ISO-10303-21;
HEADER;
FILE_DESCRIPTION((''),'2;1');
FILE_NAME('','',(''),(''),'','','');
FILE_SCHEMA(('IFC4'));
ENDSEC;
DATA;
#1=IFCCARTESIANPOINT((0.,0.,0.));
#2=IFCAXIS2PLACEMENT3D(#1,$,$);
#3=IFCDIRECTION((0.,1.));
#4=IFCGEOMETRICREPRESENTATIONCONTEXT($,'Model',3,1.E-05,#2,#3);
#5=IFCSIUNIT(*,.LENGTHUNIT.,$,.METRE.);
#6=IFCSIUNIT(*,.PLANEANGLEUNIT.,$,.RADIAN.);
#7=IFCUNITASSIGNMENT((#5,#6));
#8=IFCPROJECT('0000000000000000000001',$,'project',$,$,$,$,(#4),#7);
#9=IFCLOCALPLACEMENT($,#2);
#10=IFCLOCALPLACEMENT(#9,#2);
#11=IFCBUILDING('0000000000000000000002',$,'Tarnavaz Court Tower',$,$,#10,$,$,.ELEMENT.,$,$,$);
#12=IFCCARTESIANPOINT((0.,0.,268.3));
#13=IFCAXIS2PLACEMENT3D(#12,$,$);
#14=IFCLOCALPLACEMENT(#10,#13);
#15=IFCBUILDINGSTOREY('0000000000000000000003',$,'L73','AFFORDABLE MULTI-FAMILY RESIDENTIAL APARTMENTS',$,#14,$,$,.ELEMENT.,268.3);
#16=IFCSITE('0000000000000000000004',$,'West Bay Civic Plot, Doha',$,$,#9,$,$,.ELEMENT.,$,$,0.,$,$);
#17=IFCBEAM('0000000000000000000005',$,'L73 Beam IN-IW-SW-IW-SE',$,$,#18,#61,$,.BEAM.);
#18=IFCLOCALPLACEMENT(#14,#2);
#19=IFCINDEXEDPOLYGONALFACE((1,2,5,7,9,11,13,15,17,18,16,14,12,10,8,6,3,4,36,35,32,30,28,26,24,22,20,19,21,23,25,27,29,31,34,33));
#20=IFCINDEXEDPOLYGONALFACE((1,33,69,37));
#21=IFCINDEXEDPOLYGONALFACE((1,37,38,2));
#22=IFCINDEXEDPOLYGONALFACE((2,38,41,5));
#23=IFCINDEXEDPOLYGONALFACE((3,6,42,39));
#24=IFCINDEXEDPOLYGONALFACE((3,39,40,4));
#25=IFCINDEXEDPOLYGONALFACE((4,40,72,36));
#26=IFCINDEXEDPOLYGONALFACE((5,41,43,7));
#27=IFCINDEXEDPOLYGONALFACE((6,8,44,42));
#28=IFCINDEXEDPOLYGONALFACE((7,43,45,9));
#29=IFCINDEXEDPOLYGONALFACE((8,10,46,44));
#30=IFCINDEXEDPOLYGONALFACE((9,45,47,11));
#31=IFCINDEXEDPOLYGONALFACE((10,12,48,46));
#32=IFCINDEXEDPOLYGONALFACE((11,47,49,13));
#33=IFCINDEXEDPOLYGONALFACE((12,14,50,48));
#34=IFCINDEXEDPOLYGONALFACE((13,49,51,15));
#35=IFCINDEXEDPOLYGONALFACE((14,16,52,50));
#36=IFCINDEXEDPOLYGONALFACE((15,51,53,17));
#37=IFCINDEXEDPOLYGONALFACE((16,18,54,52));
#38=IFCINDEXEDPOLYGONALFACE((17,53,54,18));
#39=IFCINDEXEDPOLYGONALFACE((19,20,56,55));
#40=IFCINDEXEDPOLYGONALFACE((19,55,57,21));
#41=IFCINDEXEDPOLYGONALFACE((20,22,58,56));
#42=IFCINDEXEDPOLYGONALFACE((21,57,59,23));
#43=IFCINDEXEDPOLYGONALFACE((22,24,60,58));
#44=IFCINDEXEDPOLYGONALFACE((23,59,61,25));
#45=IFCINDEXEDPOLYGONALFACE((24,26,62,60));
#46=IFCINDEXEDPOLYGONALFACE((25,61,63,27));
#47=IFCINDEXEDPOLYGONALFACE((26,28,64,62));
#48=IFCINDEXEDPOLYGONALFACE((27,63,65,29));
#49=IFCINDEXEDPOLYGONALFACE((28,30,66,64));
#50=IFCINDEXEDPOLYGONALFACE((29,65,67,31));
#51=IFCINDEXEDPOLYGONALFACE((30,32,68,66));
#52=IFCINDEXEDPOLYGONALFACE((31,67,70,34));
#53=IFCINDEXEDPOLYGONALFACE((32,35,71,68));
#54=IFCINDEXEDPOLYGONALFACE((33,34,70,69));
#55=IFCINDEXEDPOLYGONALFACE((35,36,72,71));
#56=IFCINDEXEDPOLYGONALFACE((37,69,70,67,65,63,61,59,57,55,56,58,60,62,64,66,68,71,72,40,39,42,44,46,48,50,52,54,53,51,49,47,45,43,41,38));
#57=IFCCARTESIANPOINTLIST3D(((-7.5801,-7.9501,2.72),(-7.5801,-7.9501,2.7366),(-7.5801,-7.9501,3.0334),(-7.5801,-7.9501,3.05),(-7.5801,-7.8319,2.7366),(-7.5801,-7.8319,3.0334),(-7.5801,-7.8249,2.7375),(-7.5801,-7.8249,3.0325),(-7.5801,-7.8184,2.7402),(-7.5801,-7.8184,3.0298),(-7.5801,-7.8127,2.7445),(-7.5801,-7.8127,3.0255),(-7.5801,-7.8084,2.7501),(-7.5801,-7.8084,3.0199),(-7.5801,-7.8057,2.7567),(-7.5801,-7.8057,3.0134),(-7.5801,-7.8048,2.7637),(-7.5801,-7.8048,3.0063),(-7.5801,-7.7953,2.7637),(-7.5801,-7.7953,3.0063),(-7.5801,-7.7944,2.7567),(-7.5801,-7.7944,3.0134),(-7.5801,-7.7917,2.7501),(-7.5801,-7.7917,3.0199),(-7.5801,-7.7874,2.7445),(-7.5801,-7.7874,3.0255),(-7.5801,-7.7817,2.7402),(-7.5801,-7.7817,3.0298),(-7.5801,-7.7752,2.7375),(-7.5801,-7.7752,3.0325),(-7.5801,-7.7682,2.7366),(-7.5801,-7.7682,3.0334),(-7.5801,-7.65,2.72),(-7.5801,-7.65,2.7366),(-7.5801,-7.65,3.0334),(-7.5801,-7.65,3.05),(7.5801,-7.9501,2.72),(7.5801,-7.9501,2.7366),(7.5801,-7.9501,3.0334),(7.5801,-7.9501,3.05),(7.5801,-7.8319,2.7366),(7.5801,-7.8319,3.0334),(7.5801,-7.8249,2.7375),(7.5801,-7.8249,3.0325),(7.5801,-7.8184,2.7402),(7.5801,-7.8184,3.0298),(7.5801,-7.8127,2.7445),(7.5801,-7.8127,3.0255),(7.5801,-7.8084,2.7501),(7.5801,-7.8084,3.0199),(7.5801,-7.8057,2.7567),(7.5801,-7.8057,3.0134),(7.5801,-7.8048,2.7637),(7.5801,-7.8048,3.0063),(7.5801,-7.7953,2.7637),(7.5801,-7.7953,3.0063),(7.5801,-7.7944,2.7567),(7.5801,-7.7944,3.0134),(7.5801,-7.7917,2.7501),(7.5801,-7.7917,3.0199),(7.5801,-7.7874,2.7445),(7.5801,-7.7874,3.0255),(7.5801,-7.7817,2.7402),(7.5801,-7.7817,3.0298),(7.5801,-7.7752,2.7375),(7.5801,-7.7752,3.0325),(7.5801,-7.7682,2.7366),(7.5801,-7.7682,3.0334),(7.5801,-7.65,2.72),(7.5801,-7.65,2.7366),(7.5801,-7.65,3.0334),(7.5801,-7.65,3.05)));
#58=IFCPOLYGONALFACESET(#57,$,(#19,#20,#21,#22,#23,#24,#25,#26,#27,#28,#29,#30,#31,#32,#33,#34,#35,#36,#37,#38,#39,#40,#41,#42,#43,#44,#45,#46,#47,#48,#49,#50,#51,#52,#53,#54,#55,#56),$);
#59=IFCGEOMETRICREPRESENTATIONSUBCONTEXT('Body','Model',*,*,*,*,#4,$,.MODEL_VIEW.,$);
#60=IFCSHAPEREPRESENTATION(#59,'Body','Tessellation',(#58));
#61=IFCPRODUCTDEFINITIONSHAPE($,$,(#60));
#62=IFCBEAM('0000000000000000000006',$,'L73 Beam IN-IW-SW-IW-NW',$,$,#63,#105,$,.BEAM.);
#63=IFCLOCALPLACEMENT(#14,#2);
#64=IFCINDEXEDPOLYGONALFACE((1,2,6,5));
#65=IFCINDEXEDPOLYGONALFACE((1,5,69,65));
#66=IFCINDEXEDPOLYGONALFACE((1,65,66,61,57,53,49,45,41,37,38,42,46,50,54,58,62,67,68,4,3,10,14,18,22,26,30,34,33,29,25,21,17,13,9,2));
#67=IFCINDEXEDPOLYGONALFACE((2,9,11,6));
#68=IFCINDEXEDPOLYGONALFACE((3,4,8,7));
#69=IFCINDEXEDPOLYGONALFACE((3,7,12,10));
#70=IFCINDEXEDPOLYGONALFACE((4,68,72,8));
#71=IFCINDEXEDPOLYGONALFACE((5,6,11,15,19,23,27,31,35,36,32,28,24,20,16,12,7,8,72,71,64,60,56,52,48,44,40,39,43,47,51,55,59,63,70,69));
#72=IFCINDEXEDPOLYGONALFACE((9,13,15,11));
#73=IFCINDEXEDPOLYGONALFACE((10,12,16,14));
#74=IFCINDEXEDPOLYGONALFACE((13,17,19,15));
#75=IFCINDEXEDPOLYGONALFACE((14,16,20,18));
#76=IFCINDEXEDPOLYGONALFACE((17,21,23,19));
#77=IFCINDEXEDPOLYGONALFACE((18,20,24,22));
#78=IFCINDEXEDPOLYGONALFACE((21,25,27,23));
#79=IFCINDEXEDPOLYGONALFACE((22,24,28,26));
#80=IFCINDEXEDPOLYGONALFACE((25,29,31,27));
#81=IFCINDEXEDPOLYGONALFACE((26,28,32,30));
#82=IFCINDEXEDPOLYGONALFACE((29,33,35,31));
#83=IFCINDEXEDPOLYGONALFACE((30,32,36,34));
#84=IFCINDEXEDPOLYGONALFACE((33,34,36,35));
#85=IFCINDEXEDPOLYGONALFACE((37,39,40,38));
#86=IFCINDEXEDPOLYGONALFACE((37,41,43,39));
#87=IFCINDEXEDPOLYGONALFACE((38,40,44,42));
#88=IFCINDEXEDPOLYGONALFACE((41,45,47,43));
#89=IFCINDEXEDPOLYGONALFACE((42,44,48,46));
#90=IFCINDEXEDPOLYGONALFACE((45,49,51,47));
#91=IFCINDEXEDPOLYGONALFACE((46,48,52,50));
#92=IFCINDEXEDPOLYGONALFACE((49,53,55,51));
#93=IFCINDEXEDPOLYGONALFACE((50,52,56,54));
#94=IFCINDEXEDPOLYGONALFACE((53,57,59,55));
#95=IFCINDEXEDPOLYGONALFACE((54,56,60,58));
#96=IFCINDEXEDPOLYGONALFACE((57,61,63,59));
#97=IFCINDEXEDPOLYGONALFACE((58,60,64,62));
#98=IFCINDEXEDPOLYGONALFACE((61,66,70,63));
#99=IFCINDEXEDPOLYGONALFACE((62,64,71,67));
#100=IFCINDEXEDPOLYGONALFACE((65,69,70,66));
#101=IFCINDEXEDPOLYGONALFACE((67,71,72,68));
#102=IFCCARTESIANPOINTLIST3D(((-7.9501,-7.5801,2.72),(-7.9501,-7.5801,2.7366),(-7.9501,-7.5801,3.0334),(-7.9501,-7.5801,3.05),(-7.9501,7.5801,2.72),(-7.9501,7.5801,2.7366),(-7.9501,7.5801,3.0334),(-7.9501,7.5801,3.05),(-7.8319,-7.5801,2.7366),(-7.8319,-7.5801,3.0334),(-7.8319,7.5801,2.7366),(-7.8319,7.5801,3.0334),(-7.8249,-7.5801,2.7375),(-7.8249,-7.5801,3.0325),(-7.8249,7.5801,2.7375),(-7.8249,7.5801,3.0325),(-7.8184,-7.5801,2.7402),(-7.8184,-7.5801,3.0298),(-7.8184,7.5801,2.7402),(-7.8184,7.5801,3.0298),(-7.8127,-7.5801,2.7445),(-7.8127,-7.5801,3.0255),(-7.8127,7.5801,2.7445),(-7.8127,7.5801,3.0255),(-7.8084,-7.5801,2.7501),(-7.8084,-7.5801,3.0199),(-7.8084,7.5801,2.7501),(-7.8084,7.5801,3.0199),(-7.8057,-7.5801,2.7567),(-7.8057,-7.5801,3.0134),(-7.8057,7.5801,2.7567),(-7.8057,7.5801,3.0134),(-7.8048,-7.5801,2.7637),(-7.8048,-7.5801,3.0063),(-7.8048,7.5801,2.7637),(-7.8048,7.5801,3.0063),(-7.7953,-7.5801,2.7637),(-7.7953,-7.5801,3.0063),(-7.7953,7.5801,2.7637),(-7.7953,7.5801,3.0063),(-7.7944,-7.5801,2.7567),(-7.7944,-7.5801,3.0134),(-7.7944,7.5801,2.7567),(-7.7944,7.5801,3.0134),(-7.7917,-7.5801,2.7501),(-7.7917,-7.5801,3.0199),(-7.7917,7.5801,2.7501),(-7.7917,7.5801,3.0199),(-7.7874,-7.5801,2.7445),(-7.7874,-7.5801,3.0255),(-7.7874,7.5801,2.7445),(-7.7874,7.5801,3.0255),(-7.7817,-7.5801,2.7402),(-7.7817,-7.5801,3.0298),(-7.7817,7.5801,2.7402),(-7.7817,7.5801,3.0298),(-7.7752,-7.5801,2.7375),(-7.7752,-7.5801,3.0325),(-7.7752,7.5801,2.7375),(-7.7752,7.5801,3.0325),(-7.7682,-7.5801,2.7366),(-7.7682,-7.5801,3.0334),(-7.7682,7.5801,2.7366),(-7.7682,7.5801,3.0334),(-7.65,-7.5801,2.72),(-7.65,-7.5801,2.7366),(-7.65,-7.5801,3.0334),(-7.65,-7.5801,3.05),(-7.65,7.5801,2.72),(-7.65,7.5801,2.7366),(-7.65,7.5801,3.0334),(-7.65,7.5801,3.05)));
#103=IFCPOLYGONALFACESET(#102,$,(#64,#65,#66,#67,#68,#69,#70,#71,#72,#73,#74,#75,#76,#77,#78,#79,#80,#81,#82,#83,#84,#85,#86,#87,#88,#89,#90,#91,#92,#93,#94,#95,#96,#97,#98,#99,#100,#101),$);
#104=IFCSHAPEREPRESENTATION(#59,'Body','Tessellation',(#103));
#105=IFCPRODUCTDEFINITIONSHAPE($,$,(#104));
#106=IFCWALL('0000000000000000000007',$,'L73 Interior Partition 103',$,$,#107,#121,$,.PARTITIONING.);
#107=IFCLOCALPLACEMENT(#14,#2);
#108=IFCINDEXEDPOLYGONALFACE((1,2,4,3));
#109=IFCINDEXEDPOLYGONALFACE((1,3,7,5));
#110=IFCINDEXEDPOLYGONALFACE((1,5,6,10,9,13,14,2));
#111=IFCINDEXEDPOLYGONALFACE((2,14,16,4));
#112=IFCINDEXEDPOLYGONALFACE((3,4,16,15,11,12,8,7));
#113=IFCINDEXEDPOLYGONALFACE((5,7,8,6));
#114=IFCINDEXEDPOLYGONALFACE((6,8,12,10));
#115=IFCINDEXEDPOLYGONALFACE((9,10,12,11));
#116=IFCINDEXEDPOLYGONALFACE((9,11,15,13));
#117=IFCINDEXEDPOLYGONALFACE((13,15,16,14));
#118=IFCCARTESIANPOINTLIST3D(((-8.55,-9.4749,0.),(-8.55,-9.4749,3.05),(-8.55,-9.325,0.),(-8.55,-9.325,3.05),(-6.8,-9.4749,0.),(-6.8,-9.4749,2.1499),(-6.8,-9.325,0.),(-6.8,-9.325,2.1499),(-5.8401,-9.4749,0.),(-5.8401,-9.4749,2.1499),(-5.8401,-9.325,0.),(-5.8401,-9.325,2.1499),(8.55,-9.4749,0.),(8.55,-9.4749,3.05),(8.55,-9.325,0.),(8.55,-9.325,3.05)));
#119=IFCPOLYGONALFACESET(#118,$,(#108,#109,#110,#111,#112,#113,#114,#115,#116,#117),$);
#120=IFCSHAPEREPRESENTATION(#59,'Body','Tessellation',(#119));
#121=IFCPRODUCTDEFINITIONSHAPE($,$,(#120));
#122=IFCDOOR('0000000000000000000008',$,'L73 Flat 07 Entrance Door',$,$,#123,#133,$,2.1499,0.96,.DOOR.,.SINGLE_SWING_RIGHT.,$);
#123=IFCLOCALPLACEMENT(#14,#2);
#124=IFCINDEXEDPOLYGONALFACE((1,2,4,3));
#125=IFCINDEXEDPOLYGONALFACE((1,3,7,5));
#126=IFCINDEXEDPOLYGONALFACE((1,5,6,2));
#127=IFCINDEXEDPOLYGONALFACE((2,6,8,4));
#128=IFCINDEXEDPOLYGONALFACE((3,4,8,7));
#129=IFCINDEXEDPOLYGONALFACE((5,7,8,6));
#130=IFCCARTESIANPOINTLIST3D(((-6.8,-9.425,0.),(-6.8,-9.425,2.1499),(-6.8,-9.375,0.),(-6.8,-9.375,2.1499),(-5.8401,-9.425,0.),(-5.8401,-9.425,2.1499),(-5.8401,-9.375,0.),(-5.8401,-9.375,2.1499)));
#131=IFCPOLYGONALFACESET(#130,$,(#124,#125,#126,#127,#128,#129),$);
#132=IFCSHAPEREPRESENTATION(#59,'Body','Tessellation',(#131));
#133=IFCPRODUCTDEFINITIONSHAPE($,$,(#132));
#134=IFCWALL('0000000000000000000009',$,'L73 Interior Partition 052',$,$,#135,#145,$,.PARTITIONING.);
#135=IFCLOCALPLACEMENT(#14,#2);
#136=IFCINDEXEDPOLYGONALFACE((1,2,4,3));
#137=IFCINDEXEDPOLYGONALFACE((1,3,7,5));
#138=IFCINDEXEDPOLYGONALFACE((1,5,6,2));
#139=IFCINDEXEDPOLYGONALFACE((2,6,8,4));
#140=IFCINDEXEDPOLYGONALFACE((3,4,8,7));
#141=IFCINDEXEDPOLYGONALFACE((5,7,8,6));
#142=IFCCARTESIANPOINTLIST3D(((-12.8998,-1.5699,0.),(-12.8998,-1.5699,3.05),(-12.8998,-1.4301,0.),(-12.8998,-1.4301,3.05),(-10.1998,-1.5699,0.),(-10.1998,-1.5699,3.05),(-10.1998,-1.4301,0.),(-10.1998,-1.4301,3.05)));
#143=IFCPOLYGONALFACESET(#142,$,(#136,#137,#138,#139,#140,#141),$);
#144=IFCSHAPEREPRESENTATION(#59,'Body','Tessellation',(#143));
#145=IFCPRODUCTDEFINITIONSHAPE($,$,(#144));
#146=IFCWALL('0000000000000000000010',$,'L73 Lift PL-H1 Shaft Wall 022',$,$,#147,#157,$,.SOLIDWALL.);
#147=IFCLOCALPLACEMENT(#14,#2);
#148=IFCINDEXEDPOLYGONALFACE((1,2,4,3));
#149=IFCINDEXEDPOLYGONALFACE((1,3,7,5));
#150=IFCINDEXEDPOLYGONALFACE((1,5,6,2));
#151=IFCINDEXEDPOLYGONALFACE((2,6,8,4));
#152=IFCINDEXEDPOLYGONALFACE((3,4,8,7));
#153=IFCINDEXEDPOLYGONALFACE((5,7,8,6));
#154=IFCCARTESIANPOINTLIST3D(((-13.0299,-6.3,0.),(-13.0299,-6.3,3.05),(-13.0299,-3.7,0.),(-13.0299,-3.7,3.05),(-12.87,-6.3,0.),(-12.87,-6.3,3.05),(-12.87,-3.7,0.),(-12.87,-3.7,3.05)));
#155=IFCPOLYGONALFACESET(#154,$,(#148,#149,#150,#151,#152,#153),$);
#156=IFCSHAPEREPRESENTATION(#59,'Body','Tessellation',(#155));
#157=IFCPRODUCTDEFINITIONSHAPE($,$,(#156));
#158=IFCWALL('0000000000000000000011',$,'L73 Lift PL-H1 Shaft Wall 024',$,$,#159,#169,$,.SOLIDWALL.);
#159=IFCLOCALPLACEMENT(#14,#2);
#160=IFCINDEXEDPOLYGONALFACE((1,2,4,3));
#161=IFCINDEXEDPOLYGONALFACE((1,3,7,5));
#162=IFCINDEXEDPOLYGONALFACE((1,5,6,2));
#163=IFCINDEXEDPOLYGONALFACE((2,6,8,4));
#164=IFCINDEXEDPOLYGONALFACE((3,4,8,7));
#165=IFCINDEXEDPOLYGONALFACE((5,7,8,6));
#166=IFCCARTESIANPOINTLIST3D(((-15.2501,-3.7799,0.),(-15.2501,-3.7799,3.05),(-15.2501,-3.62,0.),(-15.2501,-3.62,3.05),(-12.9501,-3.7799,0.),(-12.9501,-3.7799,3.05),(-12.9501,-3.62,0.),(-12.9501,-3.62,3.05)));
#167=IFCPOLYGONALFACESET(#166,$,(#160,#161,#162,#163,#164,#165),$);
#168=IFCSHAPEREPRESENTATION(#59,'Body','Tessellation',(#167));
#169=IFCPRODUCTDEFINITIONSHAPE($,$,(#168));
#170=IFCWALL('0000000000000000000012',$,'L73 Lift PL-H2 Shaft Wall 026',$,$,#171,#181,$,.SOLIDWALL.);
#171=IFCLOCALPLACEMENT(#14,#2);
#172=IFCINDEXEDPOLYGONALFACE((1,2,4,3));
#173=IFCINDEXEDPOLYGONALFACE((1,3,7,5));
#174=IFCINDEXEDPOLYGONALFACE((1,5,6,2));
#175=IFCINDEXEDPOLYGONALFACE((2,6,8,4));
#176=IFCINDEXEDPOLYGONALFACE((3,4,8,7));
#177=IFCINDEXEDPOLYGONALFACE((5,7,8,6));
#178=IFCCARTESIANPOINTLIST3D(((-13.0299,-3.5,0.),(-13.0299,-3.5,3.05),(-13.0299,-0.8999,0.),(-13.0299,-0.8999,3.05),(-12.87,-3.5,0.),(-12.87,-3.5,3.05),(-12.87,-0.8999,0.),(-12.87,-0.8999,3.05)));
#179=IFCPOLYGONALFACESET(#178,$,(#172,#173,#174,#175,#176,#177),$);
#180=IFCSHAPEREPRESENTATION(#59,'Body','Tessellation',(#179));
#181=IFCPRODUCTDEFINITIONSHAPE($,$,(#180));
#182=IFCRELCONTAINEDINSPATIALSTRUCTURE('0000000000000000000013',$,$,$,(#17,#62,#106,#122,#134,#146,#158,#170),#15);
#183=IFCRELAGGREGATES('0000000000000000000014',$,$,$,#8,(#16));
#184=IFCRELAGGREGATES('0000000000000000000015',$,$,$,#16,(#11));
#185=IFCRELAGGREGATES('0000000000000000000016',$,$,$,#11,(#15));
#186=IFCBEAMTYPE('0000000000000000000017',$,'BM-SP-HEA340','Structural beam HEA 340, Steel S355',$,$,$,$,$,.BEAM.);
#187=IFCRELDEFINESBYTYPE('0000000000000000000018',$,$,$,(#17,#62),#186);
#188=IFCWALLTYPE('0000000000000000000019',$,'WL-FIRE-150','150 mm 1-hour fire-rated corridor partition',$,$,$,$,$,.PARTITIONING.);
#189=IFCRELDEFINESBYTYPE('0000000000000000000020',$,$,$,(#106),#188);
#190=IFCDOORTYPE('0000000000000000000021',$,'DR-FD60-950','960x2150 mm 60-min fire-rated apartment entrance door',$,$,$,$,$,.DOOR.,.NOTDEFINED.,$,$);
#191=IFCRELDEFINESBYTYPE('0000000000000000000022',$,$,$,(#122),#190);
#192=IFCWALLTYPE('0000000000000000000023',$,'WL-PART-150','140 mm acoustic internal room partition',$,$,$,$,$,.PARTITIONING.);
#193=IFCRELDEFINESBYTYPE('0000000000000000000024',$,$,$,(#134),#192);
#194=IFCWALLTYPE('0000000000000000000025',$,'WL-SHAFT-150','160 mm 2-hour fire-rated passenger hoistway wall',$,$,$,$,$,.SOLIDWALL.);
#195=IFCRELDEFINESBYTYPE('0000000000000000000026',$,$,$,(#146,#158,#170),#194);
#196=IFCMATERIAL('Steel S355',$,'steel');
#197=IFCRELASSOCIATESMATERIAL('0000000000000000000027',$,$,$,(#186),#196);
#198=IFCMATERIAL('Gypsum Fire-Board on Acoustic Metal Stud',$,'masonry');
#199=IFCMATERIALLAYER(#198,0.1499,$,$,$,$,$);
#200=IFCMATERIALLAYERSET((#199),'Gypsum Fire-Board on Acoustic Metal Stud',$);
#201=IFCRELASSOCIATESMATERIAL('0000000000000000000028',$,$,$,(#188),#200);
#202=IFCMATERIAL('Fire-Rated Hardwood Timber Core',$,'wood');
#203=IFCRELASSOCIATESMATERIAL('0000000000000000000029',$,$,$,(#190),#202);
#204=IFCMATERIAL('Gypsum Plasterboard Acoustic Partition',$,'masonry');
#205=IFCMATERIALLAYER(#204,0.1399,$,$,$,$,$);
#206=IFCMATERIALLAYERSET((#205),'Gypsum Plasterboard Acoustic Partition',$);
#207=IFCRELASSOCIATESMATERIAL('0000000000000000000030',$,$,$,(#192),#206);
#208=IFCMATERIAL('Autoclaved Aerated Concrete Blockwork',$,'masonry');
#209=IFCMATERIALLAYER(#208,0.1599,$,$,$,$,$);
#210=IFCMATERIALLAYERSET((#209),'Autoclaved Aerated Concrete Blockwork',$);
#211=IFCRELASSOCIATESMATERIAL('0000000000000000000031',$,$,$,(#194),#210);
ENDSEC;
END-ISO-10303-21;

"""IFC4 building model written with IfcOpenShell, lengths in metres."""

from ifc_helpers import new_model, si_unit, direction, frame, frame_2d, origin, origin_2d, place, context, subcontext, project, spatial, rectangle, i_section, extrude, material, layer, layer_set, material_profile, profile_set, type_object, element, fill, save


model = new_model("IFC4")

# Units and contexts
model_context = context("Model", 3, precision=1e-05, world=origin(), true_north=direction((0.0, 1.0)))
body_context = subcontext(model_context, "Body", "Model", "MODEL_VIEW")
ifc_project = project(units=[si_unit("LENGTHUNIT", "METRE"), si_unit("PLANEANGLEUNIT", "RADIAN")], contexts=[model_context])

# Site, building, storey
site_placement = place(None, origin())
site = spatial("IfcSite", under=ifc_project, at=site_placement, Name="West Bay Civic Plot, Doha", CompositionType="ELEMENT", RefElevation=0.0)
building_placement = place(site_placement, origin())
building = spatial("IfcBuilding", under=site, at=building_placement, Name="Tarnavaz Court Tower", CompositionType="ELEMENT")
storey_placement = place(building_placement, frame((0.0, 0.0, 268.3)))
storey = spatial("IfcBuildingStorey", under=building, at=storey_placement, Name="L73", Description="AFFORDABLE MULTI-FAMILY RESIDENTIAL APARTMENTS", CompositionType="ELEMENT", Elevation=268.3)

# Beams
ifc_material_1 = material(Name="Steel S355", Category="steel")
ifc_material_profile_1 = material_profile(ifc_material_1, i_section(OverallWidth=0.3, OverallDepth=0.3301, WebThickness=0.0095, FlangeThickness=0.0166, FilletRadius=0.0271, at=origin_2d()), Name="HEA 340")
ifc_profile_set_1 = profile_set([ifc_material_profile_1], Name="Steel S355")
beam_type_1 = type_object("IfcBeamType", Name="BM-SP-HEA340", Description="Structural beam HEA 340, Steel S355", PredefinedType="BEAM", material=ifc_profile_set_1)
for number, where, z_axis, x_axis, name in (
    (1, (-7.5801, -7.8, 2.885), (1.0, 0.0, 0.0), (0.0, 1.0, 0.0), "L73 Beam IN-IW-SW-IW-SE"),
    (2, (-7.8, -7.5801, 2.885), (0.0, 1.0, 0.0), (-1.0, 0.0, 0.0), "L73 Beam IN-IW-SW-IW-NW"),
):
    element("IfcBeam", number, at=place(storey_placement, frame(where, z_axis=z_axis, x_axis=x_axis)), inside=storey, type_object=beam_type_1, Name=name, PredefinedType="BEAM", context=body_context, shape_type="SweptSolid", body=[
        extrude(i_section(OverallWidth=0.3, OverallDepth=0.3301, WebThickness=0.0095, FlangeThickness=0.0166, FilletRadius=0.0271, at=origin_2d()), origin(), (0.0, 0.0, 1.0), 15.1602),
    ])

# Wall, opening, door
ifc_material_2 = material(Name="Gypsum Fire-Board on Acoustic Metal Stud", Category="masonry")
ifc_layer_1 = layer(ifc_material_2, 0.1499)
ifc_layer_set_1 = layer_set([ifc_layer_1], Name="Gypsum Fire-Board on Acoustic Metal Stud")
wall_type_1 = type_object("IfcWallType", Name="WL-FIRE-150", Description="150 mm 1-hour fire-rated corridor partition", PredefinedType="PARTITIONING", material=ifc_layer_set_1)
wall_1_placement = place(storey_placement, frame((-8.55, -9.3999, 0.0), z_axis=(0.0, 0.0, 1.0), x_axis=(1.0, 0.0, 0.0)))
wall_1 = element("IfcWall", 3, at=wall_1_placement, inside=storey, type_object=wall_type_1, Name="L73 Interior Partition 103", PredefinedType="PARTITIONING", context=body_context, shape_type="SweptSolid", body=[
    extrude(rectangle(XDim=17.1001, YDim=0.1499, at=frame_2d((8.55, 0.0))), origin(), (0.0, 0.0, 1.0), 3.05),
])
opening_1_placement = place(wall_1_placement, frame((1.75, 0.0, 0.0)))
opening_1 = element("IfcOpeningElement", 4, at=opening_1_placement, cuts=wall_1, PredefinedType="OPENING", context=body_context, shape_type="SweptSolid", body=[
    extrude(rectangle(XDim=0.96, YDim=2.1499, at=frame_2d((0.48, 1.075))), frame((0.0, 0.085, 0.0), z_axis=(0.0, -1.0, 0.0), x_axis=(1.0, 0.0, 0.0)), (0.0, 0.0, 1.0), 0.1699),
])
ifc_material_3 = material(Name="Fire-Rated Hardwood Timber Core", Category="wood")
door_type_1 = type_object("IfcDoorType", Name="DR-FD60-950", Description="960x2150 mm 60-min fire-rated apartment entrance door", OperationType="NOTDEFINED", PredefinedType="DOOR", material=ifc_material_3)
door_1_placement = place(opening_1_placement, origin())
door_1 = element("IfcDoor", 5, at=door_1_placement, inside=storey, type_object=door_type_1, Name="L73 Flat 07 Entrance Door", OperationType="SINGLE_SWING_RIGHT", OverallHeight=2.1499, OverallWidth=0.96, PredefinedType="DOOR", context=body_context, shape_type="SweptSolid", body=[
    extrude(rectangle(XDim=0.96, YDim=2.1499, at=frame_2d((0.48, 1.075))), frame((0.0, 0.0249, 0.0), z_axis=(0.0, -1.0, 0.0), x_axis=(1.0, 0.0, 0.0)), (0.0, 0.0, 1.0), 0.05),
])
fill(opening_1, door_1)

# Shared definitions
ifc_material_4 = material(Name="Gypsum Plasterboard Acoustic Partition", Category="masonry")
ifc_layer_2 = layer(ifc_material_4, 0.1399)
ifc_layer_set_2 = layer_set([ifc_layer_2], Name="Gypsum Plasterboard Acoustic Partition")
wall_type_2 = type_object("IfcWallType", Name="WL-PART-150", Description="140 mm acoustic internal room partition", PredefinedType="PARTITIONING", material=ifc_layer_set_2)

# Walls
wall_2_placement = place(storey_placement, frame((-12.8999, -1.5, 0.0), z_axis=(0.0, 0.0, 1.0), x_axis=(1.0, 0.0, 0.0)))
element("IfcWall", 6, at=wall_2_placement, inside=storey, type_object=wall_type_2, Name="L73 Interior Partition 052", PredefinedType="PARTITIONING", context=body_context, shape_type="SweptSolid", body=[
    extrude(rectangle(XDim=2.7, YDim=0.1399, at=frame_2d((1.3501, 0.0))), origin(), (0.0, 0.0, 1.0), 3.05),
])
ifc_material_5 = material(Name="Autoclaved Aerated Concrete Blockwork", Category="masonry")
ifc_layer_3 = layer(ifc_material_5, 0.1599)
ifc_layer_set_3 = layer_set([ifc_layer_3], Name="Autoclaved Aerated Concrete Blockwork")
wall_type_3 = type_object("IfcWallType", Name="WL-SHAFT-150", Description="160 mm 2-hour fire-rated passenger hoistway wall", PredefinedType="SOLIDWALL", material=ifc_layer_set_3)
wall_3_placement = place(storey_placement, frame((-12.95, -6.3, 0.0), z_axis=(0.0, 0.0, 1.0), x_axis=(0.0, 1.0, 0.0)))
element("IfcWall", 7, at=wall_3_placement, inside=storey, type_object=wall_type_3, Name="L73 Lift PL-H1 Shaft Wall 022", PredefinedType="SOLIDWALL", context=body_context, shape_type="SweptSolid", body=[
    extrude(rectangle(XDim=2.6001, YDim=0.1599, at=frame_2d((1.3, 0.0))), origin(), (0.0, 0.0, 1.0), 3.05),
])
wall_4_placement = place(storey_placement, frame((-15.25, -3.7, 0.0), z_axis=(0.0, 0.0, 1.0), x_axis=(1.0, 0.0, 0.0)))
element("IfcWall", 8, at=wall_4_placement, inside=storey, type_object=wall_type_3, Name="L73 Lift PL-H1 Shaft Wall 024", PredefinedType="SOLIDWALL", context=body_context, shape_type="SweptSolid", body=[
    extrude(rectangle(XDim=2.3, YDim=0.1599, at=frame_2d((1.1499, 0.0))), origin(), (0.0, 0.0, 1.0), 3.05),
])

# Wall
wall_5_placement = place(storey_placement, frame((-12.95, -3.5, 0.0), z_axis=(0.0, 0.0, 1.0), x_axis=(0.0, 1.0, 0.0)))
element("IfcWall", 9, at=wall_5_placement, inside=storey, type_object=wall_type_3, Name="L73 Lift PL-H2 Shaft Wall 026", PredefinedType="SOLIDWALL", context=body_context, shape_type="SweptSolid", body=[
    extrude(rectangle(XDim=2.6001, YDim=0.1599, at=frame_2d((1.3, 0.0))), origin(), (0.0, 0.0, 1.0), 3.05),
])

save(model, "model.ifc")
